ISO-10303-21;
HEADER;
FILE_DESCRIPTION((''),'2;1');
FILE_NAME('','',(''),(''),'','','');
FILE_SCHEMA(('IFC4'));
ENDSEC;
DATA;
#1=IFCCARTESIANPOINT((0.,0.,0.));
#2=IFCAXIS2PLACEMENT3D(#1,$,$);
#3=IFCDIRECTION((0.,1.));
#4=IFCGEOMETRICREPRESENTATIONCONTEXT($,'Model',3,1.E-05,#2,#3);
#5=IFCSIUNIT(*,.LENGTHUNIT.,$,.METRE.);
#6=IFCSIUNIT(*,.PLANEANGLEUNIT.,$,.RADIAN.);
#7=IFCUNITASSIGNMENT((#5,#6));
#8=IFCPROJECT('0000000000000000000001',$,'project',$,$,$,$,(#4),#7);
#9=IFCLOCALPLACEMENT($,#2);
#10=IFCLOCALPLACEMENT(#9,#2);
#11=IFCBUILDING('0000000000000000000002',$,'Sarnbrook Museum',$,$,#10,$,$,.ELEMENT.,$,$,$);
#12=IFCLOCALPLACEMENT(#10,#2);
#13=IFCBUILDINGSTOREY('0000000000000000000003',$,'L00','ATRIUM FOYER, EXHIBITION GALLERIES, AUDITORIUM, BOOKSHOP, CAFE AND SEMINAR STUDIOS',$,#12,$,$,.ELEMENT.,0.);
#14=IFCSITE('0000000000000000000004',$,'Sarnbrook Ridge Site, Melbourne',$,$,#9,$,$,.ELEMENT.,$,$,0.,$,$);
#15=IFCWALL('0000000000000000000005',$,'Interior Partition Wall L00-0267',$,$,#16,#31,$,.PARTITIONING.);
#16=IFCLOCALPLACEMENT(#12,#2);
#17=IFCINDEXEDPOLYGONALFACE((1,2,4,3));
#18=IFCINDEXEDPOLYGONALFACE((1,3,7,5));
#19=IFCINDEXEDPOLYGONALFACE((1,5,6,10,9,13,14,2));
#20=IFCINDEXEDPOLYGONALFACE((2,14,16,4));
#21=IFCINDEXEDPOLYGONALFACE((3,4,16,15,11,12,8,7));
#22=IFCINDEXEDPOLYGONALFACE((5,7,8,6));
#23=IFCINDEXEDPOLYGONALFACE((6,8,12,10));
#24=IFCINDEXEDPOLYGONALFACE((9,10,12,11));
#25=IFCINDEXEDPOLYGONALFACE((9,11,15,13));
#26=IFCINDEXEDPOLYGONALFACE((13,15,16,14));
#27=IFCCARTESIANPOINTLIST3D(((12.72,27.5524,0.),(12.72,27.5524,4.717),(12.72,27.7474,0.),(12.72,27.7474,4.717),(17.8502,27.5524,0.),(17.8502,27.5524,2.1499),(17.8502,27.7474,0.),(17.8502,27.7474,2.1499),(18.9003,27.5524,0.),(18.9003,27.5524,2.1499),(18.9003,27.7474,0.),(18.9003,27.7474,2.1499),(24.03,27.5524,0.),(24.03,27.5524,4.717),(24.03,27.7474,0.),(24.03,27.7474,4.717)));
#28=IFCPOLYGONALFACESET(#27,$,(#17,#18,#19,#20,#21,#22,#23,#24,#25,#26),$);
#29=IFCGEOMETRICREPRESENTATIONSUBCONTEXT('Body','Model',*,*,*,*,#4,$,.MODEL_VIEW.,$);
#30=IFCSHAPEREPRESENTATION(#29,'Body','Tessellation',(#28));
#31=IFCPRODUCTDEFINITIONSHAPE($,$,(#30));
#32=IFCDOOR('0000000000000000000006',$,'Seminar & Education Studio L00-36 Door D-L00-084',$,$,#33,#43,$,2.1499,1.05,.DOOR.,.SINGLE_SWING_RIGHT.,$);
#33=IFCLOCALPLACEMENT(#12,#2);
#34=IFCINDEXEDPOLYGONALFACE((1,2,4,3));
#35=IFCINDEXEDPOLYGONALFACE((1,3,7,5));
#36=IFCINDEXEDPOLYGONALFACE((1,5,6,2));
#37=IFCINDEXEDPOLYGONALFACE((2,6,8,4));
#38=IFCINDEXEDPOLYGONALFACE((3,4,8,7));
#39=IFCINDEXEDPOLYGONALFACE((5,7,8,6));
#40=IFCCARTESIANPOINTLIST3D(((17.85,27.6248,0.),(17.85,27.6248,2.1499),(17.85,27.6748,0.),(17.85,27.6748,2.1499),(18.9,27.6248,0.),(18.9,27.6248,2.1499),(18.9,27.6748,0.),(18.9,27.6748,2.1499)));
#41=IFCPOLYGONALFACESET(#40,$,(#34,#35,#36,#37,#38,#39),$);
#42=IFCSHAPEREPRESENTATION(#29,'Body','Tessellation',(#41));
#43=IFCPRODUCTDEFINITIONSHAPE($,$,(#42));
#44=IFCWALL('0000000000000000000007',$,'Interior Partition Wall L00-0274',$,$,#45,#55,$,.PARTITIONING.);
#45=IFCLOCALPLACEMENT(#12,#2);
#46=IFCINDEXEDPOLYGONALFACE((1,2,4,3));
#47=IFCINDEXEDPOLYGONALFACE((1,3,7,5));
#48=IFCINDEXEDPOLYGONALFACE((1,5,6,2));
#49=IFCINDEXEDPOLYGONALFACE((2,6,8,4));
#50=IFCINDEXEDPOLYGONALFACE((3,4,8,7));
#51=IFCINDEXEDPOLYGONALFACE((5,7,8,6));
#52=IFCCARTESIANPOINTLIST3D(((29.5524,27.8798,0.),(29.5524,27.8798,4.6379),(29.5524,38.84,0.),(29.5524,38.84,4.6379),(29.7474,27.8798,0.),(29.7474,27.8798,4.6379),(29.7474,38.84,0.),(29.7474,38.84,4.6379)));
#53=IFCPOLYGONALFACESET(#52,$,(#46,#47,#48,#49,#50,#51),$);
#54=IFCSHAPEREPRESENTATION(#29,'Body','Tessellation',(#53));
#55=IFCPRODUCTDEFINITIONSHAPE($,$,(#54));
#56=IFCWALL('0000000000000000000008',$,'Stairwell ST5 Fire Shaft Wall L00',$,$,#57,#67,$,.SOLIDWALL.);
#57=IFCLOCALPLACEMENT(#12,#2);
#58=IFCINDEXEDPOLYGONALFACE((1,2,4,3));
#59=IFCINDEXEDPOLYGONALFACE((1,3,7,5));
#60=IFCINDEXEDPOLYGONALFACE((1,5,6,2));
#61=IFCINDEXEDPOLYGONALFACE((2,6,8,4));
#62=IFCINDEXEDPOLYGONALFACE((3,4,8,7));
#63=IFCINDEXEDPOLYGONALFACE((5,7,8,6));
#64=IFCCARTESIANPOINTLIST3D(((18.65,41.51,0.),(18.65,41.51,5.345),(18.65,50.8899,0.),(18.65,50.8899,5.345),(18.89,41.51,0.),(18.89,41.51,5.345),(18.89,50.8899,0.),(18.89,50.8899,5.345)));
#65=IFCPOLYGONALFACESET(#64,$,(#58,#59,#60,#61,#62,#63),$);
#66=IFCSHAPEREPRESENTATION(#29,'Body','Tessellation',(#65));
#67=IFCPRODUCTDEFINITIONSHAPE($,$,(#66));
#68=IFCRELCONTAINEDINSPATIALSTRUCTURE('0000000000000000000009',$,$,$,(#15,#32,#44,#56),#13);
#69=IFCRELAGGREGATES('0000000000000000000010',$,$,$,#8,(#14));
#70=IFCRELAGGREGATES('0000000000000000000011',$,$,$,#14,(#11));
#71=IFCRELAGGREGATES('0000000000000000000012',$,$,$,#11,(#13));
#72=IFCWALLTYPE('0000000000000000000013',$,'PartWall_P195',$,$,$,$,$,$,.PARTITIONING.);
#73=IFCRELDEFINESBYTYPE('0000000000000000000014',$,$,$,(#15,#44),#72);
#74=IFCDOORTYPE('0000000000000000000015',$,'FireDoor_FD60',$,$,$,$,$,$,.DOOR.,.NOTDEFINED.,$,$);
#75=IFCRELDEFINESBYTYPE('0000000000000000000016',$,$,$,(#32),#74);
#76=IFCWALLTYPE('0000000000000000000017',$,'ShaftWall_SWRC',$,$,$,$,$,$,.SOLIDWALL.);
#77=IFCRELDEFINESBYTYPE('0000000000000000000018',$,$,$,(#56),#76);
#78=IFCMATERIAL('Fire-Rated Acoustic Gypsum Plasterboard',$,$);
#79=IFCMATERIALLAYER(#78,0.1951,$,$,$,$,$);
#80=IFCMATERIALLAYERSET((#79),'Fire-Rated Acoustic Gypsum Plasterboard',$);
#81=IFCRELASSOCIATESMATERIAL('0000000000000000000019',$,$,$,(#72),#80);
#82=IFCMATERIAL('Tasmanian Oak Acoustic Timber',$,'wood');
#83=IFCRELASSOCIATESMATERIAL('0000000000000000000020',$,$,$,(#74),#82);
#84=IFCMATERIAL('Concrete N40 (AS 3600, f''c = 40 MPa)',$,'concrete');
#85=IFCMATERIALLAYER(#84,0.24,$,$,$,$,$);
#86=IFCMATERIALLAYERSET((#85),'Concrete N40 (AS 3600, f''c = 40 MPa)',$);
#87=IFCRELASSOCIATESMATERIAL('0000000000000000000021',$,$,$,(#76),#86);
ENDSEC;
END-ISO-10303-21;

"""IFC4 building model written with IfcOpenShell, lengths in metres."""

from ifc_helpers import new_model, si_unit, direction, frame, frame_2d, origin, place, context, subcontext, project, spatial, rectangle, extrude, material, layer, layer_set, type_object, element, fill, save


model = new_model("IFC4")

# Units and contexts
model_context = context("Model", 3, precision=1e-05, world=origin(), true_north=direction((0.0, 1.0)))
body_context = subcontext(model_context, "Body", "Model", "MODEL_VIEW")
ifc_project = project(units=[si_unit("LENGTHUNIT", "METRE"), si_unit("PLANEANGLEUNIT", "RADIAN")], contexts=[model_context])

# Site, building, storey
site_placement = place(None, origin())
site = spatial("IfcSite", under=ifc_project, at=site_placement, Name="Sarnbrook Ridge Site, Melbourne", CompositionType="ELEMENT", RefElevation=0.0)
building_placement = place(site_placement, origin())
building = spatial("IfcBuilding", under=site, at=building_placement, Name="Sarnbrook Museum", CompositionType="ELEMENT")
storey_placement = place(building_placement, origin())
storey = spatial("IfcBuildingStorey", under=building, at=storey_placement, Name="L00", Description="ATRIUM FOYER, EXHIBITION GALLERIES, AUDITORIUM, BOOKSHOP, CAFE AND SEMINAR STUDIOS", CompositionType="ELEMENT", Elevation=0.0)

# Shared definitions
ifc_material_1 = material(Name="Fire-Rated Acoustic Gypsum Plasterboard")

# Wall, opening, door
ifc_layer_1 = layer(ifc_material_1, 0.1951)
ifc_layer_set_1 = layer_set([ifc_layer_1], Name="Fire-Rated Acoustic Gypsum Plasterboard")
wall_type_1 = type_object("IfcWallType", Name="PartWall_P195", PredefinedType="PARTITIONING", material=ifc_layer_set_1)
wall_1_placement = place(storey_placement, frame((24.03, 27.6499, 0.0), z_axis=(0.0, 0.0, 1.0), x_axis=(-1.0, 0.0, 0.0)))
wall_1 = element("IfcWall", 1, at=wall_1_placement, inside=storey, type_object=wall_type_1, Name="Interior Partition Wall L00-0267", PredefinedType="PARTITIONING", context=body_context, shape_type="SweptSolid", body=[
    extrude(rectangle(XDim=11.3101, YDim=0.1951, at=frame_2d((5.655, 0.0))), origin(), (0.0, 0.0, 1.0), 4.717),
])
opening_placement = place(wall_1_placement, frame((5.1299, 0.0, 0.0)))
opening = element("IfcOpeningElement", 2, at=opening_placement, cuts=wall_1, PredefinedType="OPENING", context=body_context, shape_type="SweptSolid", body=[
    extrude(rectangle(XDim=1.05, YDim=2.1499, at=frame_2d((0.5249, 1.075))), frame((0.0, 0.1074, 0.0), z_axis=(0.0, -1.0, 0.0), x_axis=(1.0, 0.0, 0.0)), (0.0, 0.0, 1.0), 0.2151),
])
ifc_material_2 = material(Name="Tasmanian Oak Acoustic Timber", Category="wood")
door_type = type_object("IfcDoorType", Name="FireDoor_FD60", OperationType="NOTDEFINED", PredefinedType="DOOR", material=ifc_material_2)
door_placement = place(opening_placement, frame((1.05, 0.0, 0.0), z_axis=(0.0, 0.0, 1.0), x_axis=(-1.0, 0.0, 0.0)))
door = element("IfcDoor", 3, at=door_placement, inside=storey, type_object=door_type, Name="Seminar & Education Studio L00-36 Door D-L00-084", OperationType="SINGLE_SWING_RIGHT", OverallHeight=2.1499, OverallWidth=1.05, PredefinedType="DOOR", context=body_context, shape_type="SweptSolid", body=[
    extrude(rectangle(XDim=1.05, YDim=2.1499, at=frame_2d((0.5249, 1.075))), frame((0.0, 0.0249, 0.0), z_axis=(0.0, -1.0, 0.0), x_axis=(1.0, 0.0, 0.0)), (0.0, 0.0, 1.0), 0.05),
])
fill(opening, door)

# Walls
wall_2_placement = place(storey_placement, frame((29.6499, 27.8799, 0.0), z_axis=(0.0, 0.0, 1.0), x_axis=(0.0, 1.0, 0.0)))
element("IfcWall", 4, at=wall_2_placement, inside=storey, type_object=wall_type_1, Name="Interior Partition Wall L00-0274", PredefinedType="PARTITIONING", context=body_context, shape_type="SweptSolid", body=[
    extrude(rectangle(XDim=10.9602, YDim=0.1951, at=frame_2d((5.48, 0.0))), origin(), (0.0, 0.0, 1.0), 4.6379),
])
ifc_material_3 = material(Name="Concrete N40 (AS 3600, f'c = 40 MPa)", Category="concrete")
ifc_layer_2 = layer(ifc_material_3, 0.24)
ifc_layer_set_2 = layer_set([ifc_layer_2], Name="Concrete N40 (AS 3600, f'c = 40 MPa)")
wall_type_2 = type_object("IfcWallType", Name="ShaftWall_SWRC", PredefinedType="SOLIDWALL", material=ifc_layer_set_2)
wall_3_placement = place(storey_placement, frame((18.77, 41.51, 0.0), z_axis=(0.0, 0.0, 1.0), x_axis=(0.0, 1.0, 0.0)))
element("IfcWall", 5, at=wall_3_placement, inside=storey, type_object=wall_type_2, Name="Stairwell ST5 Fire Shaft Wall L00", PredefinedType="SOLIDWALL", context=body_context, shape_type="SweptSolid", body=[
    extrude(rectangle(XDim=9.3799, YDim=0.24, at=frame_2d((4.6899, 0.0))), origin(), (0.0, 0.0, 1.0), 5.345),
])

save(model, "model.ifc")
